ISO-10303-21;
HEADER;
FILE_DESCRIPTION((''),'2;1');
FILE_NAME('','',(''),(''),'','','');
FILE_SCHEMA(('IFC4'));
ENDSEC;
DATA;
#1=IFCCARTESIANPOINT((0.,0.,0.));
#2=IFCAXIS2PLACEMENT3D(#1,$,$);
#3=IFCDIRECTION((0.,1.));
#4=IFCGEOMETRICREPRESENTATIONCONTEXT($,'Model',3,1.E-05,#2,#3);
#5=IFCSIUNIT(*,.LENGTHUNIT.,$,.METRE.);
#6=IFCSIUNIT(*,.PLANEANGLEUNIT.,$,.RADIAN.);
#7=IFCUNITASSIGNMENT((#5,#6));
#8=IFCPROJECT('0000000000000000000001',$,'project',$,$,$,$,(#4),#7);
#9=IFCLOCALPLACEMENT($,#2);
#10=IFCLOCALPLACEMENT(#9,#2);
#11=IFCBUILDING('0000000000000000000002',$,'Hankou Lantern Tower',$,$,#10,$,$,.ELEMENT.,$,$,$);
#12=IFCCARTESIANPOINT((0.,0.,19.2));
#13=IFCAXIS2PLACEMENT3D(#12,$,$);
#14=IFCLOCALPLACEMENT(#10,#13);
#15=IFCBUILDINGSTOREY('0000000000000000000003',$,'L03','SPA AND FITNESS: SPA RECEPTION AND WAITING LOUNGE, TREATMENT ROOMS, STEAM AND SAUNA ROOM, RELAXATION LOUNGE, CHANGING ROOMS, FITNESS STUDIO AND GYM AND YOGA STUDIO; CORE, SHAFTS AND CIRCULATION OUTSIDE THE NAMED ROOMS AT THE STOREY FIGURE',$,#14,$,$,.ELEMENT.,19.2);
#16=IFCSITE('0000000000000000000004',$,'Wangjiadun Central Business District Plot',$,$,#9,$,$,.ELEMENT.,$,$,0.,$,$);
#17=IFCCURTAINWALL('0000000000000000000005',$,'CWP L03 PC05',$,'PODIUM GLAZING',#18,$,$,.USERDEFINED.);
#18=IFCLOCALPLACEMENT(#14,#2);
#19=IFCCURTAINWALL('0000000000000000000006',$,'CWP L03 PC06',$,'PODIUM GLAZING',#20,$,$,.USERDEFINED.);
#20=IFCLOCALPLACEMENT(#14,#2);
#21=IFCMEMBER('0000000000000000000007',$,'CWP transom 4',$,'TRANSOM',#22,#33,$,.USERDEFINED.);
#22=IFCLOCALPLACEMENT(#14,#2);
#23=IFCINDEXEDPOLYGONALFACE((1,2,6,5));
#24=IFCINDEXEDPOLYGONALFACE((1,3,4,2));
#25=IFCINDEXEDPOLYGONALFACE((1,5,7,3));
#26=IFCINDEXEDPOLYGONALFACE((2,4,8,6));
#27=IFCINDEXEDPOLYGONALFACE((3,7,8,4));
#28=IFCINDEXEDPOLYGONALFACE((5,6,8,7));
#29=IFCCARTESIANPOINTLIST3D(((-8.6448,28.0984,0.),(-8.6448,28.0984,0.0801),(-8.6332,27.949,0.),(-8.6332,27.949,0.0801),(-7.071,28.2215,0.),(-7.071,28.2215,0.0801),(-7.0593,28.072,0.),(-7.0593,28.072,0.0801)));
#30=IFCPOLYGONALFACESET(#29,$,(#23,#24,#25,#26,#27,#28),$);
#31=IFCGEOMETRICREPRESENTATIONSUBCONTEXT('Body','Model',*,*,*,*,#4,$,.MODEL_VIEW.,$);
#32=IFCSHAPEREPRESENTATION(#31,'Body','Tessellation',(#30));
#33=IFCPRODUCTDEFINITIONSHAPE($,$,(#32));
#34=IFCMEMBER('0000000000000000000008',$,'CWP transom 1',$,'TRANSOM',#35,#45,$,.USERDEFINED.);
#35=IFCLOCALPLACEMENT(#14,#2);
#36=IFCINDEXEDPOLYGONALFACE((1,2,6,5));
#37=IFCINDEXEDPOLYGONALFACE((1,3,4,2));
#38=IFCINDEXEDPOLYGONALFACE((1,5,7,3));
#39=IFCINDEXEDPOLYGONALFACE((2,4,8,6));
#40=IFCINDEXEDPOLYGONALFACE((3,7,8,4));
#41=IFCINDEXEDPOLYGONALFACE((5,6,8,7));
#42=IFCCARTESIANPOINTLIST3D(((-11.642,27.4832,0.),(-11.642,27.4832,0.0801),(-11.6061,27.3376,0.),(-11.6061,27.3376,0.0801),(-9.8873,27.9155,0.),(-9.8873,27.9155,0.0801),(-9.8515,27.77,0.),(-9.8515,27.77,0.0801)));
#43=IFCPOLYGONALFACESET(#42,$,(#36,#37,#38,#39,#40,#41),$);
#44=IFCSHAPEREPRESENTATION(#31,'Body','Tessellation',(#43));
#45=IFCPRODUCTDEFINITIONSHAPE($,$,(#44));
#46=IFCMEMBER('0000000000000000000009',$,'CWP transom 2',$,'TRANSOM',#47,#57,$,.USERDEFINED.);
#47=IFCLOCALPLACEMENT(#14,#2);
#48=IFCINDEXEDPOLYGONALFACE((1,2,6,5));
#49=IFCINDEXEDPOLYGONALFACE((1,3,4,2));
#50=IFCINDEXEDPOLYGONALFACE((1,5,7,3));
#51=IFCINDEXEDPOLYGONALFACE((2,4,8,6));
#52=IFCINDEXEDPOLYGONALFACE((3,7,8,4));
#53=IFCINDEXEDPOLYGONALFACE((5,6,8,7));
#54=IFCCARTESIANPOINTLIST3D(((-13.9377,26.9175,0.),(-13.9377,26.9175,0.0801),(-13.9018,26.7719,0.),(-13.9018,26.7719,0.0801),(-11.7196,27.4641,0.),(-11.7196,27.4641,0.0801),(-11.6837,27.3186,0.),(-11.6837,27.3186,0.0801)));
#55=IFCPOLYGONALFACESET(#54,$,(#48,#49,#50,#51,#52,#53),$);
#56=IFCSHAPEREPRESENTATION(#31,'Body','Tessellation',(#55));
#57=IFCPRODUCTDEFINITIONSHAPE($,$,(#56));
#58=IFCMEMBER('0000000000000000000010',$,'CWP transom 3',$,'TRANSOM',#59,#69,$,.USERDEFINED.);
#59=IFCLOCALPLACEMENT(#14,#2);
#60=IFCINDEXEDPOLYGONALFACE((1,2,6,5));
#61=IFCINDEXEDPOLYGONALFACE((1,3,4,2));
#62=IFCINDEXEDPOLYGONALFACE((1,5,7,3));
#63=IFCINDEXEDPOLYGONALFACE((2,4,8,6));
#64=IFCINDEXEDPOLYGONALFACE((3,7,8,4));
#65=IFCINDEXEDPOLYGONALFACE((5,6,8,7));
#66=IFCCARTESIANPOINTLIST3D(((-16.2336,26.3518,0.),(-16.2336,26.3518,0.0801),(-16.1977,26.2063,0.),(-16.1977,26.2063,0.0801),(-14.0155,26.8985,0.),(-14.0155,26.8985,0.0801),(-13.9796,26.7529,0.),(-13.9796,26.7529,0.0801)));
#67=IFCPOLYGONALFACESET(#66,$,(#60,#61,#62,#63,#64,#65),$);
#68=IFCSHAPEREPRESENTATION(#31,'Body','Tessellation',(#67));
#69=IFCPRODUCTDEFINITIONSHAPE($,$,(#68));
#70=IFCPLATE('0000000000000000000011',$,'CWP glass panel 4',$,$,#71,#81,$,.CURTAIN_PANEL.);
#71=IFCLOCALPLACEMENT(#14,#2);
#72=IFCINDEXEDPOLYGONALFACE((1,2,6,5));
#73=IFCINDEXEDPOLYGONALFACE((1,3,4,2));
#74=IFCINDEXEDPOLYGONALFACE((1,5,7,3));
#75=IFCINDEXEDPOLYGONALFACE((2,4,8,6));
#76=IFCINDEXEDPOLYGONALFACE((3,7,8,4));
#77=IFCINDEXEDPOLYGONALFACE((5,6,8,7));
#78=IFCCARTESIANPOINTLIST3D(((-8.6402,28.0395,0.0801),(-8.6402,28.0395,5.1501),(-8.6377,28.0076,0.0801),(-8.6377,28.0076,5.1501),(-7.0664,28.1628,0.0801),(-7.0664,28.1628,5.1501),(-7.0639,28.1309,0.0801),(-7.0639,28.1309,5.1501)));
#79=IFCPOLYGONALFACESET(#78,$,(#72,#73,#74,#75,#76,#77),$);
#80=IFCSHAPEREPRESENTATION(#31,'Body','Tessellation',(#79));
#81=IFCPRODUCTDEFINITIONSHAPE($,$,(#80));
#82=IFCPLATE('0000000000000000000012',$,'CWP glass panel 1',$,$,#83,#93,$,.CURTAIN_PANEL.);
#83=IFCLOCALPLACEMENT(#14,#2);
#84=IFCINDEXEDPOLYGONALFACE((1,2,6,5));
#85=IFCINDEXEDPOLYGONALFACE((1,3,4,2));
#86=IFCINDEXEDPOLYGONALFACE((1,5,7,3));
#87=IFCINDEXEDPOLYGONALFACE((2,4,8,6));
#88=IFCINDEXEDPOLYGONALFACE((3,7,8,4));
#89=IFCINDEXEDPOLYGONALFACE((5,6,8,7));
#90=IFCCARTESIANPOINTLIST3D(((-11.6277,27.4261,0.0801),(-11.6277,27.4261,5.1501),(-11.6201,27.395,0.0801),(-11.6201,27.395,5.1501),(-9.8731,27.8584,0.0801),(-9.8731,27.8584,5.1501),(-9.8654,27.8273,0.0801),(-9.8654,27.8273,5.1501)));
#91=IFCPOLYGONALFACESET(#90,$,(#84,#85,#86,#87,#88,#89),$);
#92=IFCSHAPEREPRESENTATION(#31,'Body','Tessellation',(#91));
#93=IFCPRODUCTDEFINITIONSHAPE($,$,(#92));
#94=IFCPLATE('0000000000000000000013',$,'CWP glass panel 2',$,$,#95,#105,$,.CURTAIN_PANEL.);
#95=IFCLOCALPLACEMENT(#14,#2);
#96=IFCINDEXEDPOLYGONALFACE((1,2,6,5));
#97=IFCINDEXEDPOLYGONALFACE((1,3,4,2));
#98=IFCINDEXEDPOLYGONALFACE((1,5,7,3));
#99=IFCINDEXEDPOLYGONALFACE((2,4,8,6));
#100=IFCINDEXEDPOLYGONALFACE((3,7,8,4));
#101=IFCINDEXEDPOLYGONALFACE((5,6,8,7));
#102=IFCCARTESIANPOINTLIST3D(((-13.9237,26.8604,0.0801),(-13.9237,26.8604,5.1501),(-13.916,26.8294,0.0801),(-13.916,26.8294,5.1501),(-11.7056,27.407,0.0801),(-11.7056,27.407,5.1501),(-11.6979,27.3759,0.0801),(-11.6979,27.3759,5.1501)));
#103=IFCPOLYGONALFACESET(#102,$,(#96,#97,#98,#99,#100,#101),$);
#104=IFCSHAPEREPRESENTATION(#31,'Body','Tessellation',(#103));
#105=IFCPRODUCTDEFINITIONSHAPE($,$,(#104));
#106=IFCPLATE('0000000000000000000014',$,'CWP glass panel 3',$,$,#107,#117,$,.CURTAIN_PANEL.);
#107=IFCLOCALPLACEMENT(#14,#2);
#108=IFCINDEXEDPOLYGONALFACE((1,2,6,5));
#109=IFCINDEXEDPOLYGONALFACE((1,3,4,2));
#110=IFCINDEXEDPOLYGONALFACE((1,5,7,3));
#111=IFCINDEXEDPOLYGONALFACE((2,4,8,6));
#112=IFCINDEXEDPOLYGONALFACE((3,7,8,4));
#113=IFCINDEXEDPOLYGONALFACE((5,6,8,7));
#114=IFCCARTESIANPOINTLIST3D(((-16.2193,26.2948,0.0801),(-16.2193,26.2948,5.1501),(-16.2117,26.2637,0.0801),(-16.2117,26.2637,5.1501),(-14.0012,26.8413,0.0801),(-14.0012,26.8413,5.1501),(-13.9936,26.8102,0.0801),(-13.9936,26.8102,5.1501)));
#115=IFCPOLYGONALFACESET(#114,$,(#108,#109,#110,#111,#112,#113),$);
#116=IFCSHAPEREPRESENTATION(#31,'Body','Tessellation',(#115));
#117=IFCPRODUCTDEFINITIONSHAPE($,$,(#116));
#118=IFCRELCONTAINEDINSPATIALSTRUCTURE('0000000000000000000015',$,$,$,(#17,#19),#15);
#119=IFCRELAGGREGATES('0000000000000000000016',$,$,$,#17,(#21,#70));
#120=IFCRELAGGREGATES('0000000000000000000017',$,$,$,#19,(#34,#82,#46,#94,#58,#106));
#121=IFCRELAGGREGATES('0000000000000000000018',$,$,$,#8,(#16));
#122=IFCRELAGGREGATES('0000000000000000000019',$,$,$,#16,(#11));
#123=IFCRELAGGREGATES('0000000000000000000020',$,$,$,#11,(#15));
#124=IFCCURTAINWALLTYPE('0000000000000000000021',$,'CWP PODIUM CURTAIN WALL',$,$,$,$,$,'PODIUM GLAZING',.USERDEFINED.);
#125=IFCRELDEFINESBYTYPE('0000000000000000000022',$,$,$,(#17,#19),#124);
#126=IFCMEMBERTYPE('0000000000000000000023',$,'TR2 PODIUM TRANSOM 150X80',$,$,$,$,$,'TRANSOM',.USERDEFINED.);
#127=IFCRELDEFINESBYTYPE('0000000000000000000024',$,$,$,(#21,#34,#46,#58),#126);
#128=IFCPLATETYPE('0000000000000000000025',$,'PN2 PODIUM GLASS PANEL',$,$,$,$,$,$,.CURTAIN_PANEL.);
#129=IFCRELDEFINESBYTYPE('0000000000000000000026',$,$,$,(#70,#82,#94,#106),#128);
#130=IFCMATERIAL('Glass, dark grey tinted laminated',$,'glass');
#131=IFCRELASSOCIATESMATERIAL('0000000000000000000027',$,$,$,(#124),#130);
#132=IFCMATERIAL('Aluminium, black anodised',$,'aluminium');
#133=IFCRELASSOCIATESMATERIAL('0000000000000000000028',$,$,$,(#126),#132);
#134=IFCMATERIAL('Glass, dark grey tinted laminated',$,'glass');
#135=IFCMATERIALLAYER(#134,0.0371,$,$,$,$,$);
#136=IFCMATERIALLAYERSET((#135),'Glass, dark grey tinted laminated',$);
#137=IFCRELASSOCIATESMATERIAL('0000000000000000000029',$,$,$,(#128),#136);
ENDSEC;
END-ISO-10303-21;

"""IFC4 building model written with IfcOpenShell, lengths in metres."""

from ifc_helpers import new_model, si_unit, direction, frame, origin, origin_2d, place, context, subcontext, project, spatial, rectangle, extrude, material, layer, layer_set, material_profile, profile_set, type_object, element, aggregate, save


model = new_model("IFC4")

# Units and contexts
model_context = context("Model", 3, precision=1e-05, world=origin(), true_north=direction((0.0, 1.0)))
body_context = subcontext(model_context, "Body", "Model", "MODEL_VIEW")
ifc_project = project(units=[si_unit("LENGTHUNIT", "METRE"), si_unit("PLANEANGLEUNIT", "RADIAN")], contexts=[model_context])

# Site, building, storey
site_placement = place(None, origin())
site = spatial("IfcSite", under=ifc_project, at=site_placement, Name="Wangjiadun Central Business District Plot", CompositionType="ELEMENT", RefElevation=0.0)
building_placement = place(site_placement, origin())
building = spatial("IfcBuilding", under=site, at=building_placement, Name="Hankou Lantern Tower", CompositionType="ELEMENT")
storey_placement = place(building_placement, frame((0.0, 0.0, 19.2)))
storey = spatial("IfcBuildingStorey", under=building, at=storey_placement, Name="L03", Description="SPA AND FITNESS: SPA RECEPTION AND WAITING LOUNGE, TREATMENT ROOMS, STEAM AND SAUNA ROOM, RELAXATION LOUNGE, CHANGING ROOMS, FITNESS STUDIO AND GYM AND YOGA STUDIO; CORE, SHAFTS AND CIRCULATION OUTSIDE THE NAMED ROOMS AT THE STOREY FIGURE", CompositionType="ELEMENT", Elevation=19.2)

# Curtain wall
ifc_material_1 = material(Name="Glass, dark grey tinted laminated", Category="glass")
curtain_wall_type = type_object("IfcCurtainWallType", Name="CWP PODIUM CURTAIN WALL", ElementType="PODIUM GLAZING", PredefinedType="USERDEFINED", material=ifc_material_1)
curtain_wall_1_placement = place(storey_placement, origin())
curtain_wall_1 = element("IfcCurtainWall", 1, at=curtain_wall_1_placement, inside=storey, type_object=curtain_wall_type, Name="CWP L03 PC05", ObjectType="PODIUM GLAZING", PredefinedType="USERDEFINED")

# Curtain wall
curtain_wall_2_placement = place(storey_placement, origin())
curtain_wall_2 = element("IfcCurtainWall", 2, at=curtain_wall_2_placement, inside=storey, type_object=curtain_wall_type, Name="CWP L03 PC06", ObjectType="PODIUM GLAZING", PredefinedType="USERDEFINED")

# Members
ifc_material_2 = material(Name="Aluminium, black anodised", Category="aluminium")
ifc_material_profile_1 = material_profile(ifc_material_2, rectangle(XDim=0.1499, YDim=0.0801, at=origin_2d()), Name="TR2 150X80")
ifc_profile_set_1 = profile_set([ifc_material_profile_1], Name="Aluminium, black anodised")
member_type_1 = type_object("IfcMemberType", Name="TR2 PODIUM TRANSOM 150X80", ElementType="TRANSOM", PredefinedType="USERDEFINED", material=ifc_profile_set_1)
member_1_placement = place(storey_placement, frame((-7.0652, 28.1467, 0.04), z_axis=(-0.996957, -0.07795, 0.0), x_axis=(0.07795, -0.996957, 0.0)))
member_1 = element("IfcMember", 3, at=member_1_placement, type_object=member_type_1, Name="CWP transom 4", ObjectType="TRANSOM", PredefinedType="USERDEFINED", context=body_context, shape_type="SweptSolid", body=[
    extrude(rectangle(XDim=0.1499, YDim=0.0801, at=origin_2d()), origin(), (0.0, 0.0, 1.0), 1.5786),
])
member_2_placement = place(storey_placement, frame((-9.8694, 27.8428, 0.04), z_axis=(-0.970956, -0.23926, 0.0), x_axis=(0.23926, -0.970956, 0.0)))
member_2 = element("IfcMember", 4, at=member_2_placement, type_object=member_type_1, Name="CWP transom 1", ObjectType="TRANSOM", PredefinedType="USERDEFINED", context=body_context, shape_type="SweptSolid", body=[
    extrude(rectangle(XDim=0.1499, YDim=0.0801, at=origin_2d()), origin(), (0.0, 0.0, 1.0), 1.8071),
])
member_3_placement = place(storey_placement, frame((-11.7017, 27.3914, 0.04), z_axis=(-0.970948, -0.23929, 0.0), x_axis=(0.23929, -0.970948, 0.0)))
member_3 = element("IfcMember", 5, at=member_3_placement, type_object=member_type_1, Name="CWP transom 2", ObjectType="TRANSOM", PredefinedType="USERDEFINED", context=body_context, shape_type="SweptSolid", body=[
    extrude(rectangle(XDim=0.1499, YDim=0.0801, at=origin_2d()), origin(), (0.0, 0.0, 1.0), 2.2844),
])
member_4_placement = place(storey_placement, frame((-13.9976, 26.8257, 0.04), z_axis=(-0.970948, -0.23929, 0.0), x_axis=(0.23929, -0.970948, 0.0)))
member_4 = element("IfcMember", 6, at=member_4_placement, type_object=member_type_1, Name="CWP transom 3", ObjectType="TRANSOM", PredefinedType="USERDEFINED", context=body_context, shape_type="SweptSolid", body=[
    extrude(rectangle(XDim=0.1499, YDim=0.0801, at=origin_2d()), origin(), (0.0, 0.0, 1.0), 2.2844),
])

# Plates
ifc_material_3 = material(Name="Glass, dark grey tinted laminated", Category="glass")
ifc_layer = layer(ifc_material_3, 0.0371)
ifc_layer_set = layer_set([ifc_layer], Name="Glass, dark grey tinted laminated")
plate_type = type_object("IfcPlateType", Name="PN2 PODIUM GLASS PANEL", PredefinedType="CURTAIN_PANEL", material=ifc_layer_set)
plate_1_placement = place(storey_placement, frame((-7.8521, 28.0852, 0.0801), z_axis=(0.0, 0.0, 1.0), x_axis=(-0.996949, -0.078062, 0.0)))
plate_1 = element("IfcPlate", 7, at=plate_1_placement, type_object=plate_type, Name="CWP glass panel 4", PredefinedType="CURTAIN_PANEL", context=body_context, shape_type="SweptSolid", body=[
    extrude(rectangle(XDim=1.5786, YDim=0.032, at=origin_2d()), origin(), (0.0, 0.0, 1.0), 5.0701),
])
aggregate(curtain_wall_1, [member_1, plate_1])
plate_2_placement = place(storey_placement, frame((-10.7466, 27.6267, 0.0801), z_axis=(0.0, 0.0, 1.0), x_axis=(-0.970961, -0.239238, 0.0)))
plate_2 = element("IfcPlate", 8, at=plate_2_placement, type_object=plate_type, Name="CWP glass panel 1", PredefinedType="CURTAIN_PANEL", context=body_context, shape_type="SweptSolid", body=[
    extrude(rectangle(XDim=1.8071, YDim=0.032, at=origin_2d()), origin(), (0.0, 0.0, 1.0), 5.0701),
])
plate_3_placement = place(storey_placement, frame((-12.8108, 27.1182, 0.0801), z_axis=(0.0, 0.0, 1.0), x_axis=(-0.970961, -0.239238, 0.0)))
plate_3 = element("IfcPlate", 9, at=plate_3_placement, type_object=plate_type, Name="CWP glass panel 2", PredefinedType="CURTAIN_PANEL", context=body_context, shape_type="SweptSolid", body=[
    extrude(rectangle(XDim=2.2844, YDim=0.032, at=origin_2d()), origin(), (0.0, 0.0, 1.0), 5.0701),
])
plate_4_placement = place(storey_placement, frame((-15.1064, 26.5525, 0.0801), z_axis=(0.0, 0.0, 1.0), x_axis=(-0.970961, -0.239238, 0.0)))
plate_4 = element("IfcPlate", 10, at=plate_4_placement, type_object=plate_type, Name="CWP glass panel 3", PredefinedType="CURTAIN_PANEL", context=body_context, shape_type="SweptSolid", body=[
    extrude(rectangle(XDim=2.2844, YDim=0.032, at=origin_2d()), origin(), (0.0, 0.0, 1.0), 5.0701),
])
aggregate(curtain_wall_2, [member_2, plate_2, member_3, plate_3, member_4, plate_4])

save(model, "model.ifc")
